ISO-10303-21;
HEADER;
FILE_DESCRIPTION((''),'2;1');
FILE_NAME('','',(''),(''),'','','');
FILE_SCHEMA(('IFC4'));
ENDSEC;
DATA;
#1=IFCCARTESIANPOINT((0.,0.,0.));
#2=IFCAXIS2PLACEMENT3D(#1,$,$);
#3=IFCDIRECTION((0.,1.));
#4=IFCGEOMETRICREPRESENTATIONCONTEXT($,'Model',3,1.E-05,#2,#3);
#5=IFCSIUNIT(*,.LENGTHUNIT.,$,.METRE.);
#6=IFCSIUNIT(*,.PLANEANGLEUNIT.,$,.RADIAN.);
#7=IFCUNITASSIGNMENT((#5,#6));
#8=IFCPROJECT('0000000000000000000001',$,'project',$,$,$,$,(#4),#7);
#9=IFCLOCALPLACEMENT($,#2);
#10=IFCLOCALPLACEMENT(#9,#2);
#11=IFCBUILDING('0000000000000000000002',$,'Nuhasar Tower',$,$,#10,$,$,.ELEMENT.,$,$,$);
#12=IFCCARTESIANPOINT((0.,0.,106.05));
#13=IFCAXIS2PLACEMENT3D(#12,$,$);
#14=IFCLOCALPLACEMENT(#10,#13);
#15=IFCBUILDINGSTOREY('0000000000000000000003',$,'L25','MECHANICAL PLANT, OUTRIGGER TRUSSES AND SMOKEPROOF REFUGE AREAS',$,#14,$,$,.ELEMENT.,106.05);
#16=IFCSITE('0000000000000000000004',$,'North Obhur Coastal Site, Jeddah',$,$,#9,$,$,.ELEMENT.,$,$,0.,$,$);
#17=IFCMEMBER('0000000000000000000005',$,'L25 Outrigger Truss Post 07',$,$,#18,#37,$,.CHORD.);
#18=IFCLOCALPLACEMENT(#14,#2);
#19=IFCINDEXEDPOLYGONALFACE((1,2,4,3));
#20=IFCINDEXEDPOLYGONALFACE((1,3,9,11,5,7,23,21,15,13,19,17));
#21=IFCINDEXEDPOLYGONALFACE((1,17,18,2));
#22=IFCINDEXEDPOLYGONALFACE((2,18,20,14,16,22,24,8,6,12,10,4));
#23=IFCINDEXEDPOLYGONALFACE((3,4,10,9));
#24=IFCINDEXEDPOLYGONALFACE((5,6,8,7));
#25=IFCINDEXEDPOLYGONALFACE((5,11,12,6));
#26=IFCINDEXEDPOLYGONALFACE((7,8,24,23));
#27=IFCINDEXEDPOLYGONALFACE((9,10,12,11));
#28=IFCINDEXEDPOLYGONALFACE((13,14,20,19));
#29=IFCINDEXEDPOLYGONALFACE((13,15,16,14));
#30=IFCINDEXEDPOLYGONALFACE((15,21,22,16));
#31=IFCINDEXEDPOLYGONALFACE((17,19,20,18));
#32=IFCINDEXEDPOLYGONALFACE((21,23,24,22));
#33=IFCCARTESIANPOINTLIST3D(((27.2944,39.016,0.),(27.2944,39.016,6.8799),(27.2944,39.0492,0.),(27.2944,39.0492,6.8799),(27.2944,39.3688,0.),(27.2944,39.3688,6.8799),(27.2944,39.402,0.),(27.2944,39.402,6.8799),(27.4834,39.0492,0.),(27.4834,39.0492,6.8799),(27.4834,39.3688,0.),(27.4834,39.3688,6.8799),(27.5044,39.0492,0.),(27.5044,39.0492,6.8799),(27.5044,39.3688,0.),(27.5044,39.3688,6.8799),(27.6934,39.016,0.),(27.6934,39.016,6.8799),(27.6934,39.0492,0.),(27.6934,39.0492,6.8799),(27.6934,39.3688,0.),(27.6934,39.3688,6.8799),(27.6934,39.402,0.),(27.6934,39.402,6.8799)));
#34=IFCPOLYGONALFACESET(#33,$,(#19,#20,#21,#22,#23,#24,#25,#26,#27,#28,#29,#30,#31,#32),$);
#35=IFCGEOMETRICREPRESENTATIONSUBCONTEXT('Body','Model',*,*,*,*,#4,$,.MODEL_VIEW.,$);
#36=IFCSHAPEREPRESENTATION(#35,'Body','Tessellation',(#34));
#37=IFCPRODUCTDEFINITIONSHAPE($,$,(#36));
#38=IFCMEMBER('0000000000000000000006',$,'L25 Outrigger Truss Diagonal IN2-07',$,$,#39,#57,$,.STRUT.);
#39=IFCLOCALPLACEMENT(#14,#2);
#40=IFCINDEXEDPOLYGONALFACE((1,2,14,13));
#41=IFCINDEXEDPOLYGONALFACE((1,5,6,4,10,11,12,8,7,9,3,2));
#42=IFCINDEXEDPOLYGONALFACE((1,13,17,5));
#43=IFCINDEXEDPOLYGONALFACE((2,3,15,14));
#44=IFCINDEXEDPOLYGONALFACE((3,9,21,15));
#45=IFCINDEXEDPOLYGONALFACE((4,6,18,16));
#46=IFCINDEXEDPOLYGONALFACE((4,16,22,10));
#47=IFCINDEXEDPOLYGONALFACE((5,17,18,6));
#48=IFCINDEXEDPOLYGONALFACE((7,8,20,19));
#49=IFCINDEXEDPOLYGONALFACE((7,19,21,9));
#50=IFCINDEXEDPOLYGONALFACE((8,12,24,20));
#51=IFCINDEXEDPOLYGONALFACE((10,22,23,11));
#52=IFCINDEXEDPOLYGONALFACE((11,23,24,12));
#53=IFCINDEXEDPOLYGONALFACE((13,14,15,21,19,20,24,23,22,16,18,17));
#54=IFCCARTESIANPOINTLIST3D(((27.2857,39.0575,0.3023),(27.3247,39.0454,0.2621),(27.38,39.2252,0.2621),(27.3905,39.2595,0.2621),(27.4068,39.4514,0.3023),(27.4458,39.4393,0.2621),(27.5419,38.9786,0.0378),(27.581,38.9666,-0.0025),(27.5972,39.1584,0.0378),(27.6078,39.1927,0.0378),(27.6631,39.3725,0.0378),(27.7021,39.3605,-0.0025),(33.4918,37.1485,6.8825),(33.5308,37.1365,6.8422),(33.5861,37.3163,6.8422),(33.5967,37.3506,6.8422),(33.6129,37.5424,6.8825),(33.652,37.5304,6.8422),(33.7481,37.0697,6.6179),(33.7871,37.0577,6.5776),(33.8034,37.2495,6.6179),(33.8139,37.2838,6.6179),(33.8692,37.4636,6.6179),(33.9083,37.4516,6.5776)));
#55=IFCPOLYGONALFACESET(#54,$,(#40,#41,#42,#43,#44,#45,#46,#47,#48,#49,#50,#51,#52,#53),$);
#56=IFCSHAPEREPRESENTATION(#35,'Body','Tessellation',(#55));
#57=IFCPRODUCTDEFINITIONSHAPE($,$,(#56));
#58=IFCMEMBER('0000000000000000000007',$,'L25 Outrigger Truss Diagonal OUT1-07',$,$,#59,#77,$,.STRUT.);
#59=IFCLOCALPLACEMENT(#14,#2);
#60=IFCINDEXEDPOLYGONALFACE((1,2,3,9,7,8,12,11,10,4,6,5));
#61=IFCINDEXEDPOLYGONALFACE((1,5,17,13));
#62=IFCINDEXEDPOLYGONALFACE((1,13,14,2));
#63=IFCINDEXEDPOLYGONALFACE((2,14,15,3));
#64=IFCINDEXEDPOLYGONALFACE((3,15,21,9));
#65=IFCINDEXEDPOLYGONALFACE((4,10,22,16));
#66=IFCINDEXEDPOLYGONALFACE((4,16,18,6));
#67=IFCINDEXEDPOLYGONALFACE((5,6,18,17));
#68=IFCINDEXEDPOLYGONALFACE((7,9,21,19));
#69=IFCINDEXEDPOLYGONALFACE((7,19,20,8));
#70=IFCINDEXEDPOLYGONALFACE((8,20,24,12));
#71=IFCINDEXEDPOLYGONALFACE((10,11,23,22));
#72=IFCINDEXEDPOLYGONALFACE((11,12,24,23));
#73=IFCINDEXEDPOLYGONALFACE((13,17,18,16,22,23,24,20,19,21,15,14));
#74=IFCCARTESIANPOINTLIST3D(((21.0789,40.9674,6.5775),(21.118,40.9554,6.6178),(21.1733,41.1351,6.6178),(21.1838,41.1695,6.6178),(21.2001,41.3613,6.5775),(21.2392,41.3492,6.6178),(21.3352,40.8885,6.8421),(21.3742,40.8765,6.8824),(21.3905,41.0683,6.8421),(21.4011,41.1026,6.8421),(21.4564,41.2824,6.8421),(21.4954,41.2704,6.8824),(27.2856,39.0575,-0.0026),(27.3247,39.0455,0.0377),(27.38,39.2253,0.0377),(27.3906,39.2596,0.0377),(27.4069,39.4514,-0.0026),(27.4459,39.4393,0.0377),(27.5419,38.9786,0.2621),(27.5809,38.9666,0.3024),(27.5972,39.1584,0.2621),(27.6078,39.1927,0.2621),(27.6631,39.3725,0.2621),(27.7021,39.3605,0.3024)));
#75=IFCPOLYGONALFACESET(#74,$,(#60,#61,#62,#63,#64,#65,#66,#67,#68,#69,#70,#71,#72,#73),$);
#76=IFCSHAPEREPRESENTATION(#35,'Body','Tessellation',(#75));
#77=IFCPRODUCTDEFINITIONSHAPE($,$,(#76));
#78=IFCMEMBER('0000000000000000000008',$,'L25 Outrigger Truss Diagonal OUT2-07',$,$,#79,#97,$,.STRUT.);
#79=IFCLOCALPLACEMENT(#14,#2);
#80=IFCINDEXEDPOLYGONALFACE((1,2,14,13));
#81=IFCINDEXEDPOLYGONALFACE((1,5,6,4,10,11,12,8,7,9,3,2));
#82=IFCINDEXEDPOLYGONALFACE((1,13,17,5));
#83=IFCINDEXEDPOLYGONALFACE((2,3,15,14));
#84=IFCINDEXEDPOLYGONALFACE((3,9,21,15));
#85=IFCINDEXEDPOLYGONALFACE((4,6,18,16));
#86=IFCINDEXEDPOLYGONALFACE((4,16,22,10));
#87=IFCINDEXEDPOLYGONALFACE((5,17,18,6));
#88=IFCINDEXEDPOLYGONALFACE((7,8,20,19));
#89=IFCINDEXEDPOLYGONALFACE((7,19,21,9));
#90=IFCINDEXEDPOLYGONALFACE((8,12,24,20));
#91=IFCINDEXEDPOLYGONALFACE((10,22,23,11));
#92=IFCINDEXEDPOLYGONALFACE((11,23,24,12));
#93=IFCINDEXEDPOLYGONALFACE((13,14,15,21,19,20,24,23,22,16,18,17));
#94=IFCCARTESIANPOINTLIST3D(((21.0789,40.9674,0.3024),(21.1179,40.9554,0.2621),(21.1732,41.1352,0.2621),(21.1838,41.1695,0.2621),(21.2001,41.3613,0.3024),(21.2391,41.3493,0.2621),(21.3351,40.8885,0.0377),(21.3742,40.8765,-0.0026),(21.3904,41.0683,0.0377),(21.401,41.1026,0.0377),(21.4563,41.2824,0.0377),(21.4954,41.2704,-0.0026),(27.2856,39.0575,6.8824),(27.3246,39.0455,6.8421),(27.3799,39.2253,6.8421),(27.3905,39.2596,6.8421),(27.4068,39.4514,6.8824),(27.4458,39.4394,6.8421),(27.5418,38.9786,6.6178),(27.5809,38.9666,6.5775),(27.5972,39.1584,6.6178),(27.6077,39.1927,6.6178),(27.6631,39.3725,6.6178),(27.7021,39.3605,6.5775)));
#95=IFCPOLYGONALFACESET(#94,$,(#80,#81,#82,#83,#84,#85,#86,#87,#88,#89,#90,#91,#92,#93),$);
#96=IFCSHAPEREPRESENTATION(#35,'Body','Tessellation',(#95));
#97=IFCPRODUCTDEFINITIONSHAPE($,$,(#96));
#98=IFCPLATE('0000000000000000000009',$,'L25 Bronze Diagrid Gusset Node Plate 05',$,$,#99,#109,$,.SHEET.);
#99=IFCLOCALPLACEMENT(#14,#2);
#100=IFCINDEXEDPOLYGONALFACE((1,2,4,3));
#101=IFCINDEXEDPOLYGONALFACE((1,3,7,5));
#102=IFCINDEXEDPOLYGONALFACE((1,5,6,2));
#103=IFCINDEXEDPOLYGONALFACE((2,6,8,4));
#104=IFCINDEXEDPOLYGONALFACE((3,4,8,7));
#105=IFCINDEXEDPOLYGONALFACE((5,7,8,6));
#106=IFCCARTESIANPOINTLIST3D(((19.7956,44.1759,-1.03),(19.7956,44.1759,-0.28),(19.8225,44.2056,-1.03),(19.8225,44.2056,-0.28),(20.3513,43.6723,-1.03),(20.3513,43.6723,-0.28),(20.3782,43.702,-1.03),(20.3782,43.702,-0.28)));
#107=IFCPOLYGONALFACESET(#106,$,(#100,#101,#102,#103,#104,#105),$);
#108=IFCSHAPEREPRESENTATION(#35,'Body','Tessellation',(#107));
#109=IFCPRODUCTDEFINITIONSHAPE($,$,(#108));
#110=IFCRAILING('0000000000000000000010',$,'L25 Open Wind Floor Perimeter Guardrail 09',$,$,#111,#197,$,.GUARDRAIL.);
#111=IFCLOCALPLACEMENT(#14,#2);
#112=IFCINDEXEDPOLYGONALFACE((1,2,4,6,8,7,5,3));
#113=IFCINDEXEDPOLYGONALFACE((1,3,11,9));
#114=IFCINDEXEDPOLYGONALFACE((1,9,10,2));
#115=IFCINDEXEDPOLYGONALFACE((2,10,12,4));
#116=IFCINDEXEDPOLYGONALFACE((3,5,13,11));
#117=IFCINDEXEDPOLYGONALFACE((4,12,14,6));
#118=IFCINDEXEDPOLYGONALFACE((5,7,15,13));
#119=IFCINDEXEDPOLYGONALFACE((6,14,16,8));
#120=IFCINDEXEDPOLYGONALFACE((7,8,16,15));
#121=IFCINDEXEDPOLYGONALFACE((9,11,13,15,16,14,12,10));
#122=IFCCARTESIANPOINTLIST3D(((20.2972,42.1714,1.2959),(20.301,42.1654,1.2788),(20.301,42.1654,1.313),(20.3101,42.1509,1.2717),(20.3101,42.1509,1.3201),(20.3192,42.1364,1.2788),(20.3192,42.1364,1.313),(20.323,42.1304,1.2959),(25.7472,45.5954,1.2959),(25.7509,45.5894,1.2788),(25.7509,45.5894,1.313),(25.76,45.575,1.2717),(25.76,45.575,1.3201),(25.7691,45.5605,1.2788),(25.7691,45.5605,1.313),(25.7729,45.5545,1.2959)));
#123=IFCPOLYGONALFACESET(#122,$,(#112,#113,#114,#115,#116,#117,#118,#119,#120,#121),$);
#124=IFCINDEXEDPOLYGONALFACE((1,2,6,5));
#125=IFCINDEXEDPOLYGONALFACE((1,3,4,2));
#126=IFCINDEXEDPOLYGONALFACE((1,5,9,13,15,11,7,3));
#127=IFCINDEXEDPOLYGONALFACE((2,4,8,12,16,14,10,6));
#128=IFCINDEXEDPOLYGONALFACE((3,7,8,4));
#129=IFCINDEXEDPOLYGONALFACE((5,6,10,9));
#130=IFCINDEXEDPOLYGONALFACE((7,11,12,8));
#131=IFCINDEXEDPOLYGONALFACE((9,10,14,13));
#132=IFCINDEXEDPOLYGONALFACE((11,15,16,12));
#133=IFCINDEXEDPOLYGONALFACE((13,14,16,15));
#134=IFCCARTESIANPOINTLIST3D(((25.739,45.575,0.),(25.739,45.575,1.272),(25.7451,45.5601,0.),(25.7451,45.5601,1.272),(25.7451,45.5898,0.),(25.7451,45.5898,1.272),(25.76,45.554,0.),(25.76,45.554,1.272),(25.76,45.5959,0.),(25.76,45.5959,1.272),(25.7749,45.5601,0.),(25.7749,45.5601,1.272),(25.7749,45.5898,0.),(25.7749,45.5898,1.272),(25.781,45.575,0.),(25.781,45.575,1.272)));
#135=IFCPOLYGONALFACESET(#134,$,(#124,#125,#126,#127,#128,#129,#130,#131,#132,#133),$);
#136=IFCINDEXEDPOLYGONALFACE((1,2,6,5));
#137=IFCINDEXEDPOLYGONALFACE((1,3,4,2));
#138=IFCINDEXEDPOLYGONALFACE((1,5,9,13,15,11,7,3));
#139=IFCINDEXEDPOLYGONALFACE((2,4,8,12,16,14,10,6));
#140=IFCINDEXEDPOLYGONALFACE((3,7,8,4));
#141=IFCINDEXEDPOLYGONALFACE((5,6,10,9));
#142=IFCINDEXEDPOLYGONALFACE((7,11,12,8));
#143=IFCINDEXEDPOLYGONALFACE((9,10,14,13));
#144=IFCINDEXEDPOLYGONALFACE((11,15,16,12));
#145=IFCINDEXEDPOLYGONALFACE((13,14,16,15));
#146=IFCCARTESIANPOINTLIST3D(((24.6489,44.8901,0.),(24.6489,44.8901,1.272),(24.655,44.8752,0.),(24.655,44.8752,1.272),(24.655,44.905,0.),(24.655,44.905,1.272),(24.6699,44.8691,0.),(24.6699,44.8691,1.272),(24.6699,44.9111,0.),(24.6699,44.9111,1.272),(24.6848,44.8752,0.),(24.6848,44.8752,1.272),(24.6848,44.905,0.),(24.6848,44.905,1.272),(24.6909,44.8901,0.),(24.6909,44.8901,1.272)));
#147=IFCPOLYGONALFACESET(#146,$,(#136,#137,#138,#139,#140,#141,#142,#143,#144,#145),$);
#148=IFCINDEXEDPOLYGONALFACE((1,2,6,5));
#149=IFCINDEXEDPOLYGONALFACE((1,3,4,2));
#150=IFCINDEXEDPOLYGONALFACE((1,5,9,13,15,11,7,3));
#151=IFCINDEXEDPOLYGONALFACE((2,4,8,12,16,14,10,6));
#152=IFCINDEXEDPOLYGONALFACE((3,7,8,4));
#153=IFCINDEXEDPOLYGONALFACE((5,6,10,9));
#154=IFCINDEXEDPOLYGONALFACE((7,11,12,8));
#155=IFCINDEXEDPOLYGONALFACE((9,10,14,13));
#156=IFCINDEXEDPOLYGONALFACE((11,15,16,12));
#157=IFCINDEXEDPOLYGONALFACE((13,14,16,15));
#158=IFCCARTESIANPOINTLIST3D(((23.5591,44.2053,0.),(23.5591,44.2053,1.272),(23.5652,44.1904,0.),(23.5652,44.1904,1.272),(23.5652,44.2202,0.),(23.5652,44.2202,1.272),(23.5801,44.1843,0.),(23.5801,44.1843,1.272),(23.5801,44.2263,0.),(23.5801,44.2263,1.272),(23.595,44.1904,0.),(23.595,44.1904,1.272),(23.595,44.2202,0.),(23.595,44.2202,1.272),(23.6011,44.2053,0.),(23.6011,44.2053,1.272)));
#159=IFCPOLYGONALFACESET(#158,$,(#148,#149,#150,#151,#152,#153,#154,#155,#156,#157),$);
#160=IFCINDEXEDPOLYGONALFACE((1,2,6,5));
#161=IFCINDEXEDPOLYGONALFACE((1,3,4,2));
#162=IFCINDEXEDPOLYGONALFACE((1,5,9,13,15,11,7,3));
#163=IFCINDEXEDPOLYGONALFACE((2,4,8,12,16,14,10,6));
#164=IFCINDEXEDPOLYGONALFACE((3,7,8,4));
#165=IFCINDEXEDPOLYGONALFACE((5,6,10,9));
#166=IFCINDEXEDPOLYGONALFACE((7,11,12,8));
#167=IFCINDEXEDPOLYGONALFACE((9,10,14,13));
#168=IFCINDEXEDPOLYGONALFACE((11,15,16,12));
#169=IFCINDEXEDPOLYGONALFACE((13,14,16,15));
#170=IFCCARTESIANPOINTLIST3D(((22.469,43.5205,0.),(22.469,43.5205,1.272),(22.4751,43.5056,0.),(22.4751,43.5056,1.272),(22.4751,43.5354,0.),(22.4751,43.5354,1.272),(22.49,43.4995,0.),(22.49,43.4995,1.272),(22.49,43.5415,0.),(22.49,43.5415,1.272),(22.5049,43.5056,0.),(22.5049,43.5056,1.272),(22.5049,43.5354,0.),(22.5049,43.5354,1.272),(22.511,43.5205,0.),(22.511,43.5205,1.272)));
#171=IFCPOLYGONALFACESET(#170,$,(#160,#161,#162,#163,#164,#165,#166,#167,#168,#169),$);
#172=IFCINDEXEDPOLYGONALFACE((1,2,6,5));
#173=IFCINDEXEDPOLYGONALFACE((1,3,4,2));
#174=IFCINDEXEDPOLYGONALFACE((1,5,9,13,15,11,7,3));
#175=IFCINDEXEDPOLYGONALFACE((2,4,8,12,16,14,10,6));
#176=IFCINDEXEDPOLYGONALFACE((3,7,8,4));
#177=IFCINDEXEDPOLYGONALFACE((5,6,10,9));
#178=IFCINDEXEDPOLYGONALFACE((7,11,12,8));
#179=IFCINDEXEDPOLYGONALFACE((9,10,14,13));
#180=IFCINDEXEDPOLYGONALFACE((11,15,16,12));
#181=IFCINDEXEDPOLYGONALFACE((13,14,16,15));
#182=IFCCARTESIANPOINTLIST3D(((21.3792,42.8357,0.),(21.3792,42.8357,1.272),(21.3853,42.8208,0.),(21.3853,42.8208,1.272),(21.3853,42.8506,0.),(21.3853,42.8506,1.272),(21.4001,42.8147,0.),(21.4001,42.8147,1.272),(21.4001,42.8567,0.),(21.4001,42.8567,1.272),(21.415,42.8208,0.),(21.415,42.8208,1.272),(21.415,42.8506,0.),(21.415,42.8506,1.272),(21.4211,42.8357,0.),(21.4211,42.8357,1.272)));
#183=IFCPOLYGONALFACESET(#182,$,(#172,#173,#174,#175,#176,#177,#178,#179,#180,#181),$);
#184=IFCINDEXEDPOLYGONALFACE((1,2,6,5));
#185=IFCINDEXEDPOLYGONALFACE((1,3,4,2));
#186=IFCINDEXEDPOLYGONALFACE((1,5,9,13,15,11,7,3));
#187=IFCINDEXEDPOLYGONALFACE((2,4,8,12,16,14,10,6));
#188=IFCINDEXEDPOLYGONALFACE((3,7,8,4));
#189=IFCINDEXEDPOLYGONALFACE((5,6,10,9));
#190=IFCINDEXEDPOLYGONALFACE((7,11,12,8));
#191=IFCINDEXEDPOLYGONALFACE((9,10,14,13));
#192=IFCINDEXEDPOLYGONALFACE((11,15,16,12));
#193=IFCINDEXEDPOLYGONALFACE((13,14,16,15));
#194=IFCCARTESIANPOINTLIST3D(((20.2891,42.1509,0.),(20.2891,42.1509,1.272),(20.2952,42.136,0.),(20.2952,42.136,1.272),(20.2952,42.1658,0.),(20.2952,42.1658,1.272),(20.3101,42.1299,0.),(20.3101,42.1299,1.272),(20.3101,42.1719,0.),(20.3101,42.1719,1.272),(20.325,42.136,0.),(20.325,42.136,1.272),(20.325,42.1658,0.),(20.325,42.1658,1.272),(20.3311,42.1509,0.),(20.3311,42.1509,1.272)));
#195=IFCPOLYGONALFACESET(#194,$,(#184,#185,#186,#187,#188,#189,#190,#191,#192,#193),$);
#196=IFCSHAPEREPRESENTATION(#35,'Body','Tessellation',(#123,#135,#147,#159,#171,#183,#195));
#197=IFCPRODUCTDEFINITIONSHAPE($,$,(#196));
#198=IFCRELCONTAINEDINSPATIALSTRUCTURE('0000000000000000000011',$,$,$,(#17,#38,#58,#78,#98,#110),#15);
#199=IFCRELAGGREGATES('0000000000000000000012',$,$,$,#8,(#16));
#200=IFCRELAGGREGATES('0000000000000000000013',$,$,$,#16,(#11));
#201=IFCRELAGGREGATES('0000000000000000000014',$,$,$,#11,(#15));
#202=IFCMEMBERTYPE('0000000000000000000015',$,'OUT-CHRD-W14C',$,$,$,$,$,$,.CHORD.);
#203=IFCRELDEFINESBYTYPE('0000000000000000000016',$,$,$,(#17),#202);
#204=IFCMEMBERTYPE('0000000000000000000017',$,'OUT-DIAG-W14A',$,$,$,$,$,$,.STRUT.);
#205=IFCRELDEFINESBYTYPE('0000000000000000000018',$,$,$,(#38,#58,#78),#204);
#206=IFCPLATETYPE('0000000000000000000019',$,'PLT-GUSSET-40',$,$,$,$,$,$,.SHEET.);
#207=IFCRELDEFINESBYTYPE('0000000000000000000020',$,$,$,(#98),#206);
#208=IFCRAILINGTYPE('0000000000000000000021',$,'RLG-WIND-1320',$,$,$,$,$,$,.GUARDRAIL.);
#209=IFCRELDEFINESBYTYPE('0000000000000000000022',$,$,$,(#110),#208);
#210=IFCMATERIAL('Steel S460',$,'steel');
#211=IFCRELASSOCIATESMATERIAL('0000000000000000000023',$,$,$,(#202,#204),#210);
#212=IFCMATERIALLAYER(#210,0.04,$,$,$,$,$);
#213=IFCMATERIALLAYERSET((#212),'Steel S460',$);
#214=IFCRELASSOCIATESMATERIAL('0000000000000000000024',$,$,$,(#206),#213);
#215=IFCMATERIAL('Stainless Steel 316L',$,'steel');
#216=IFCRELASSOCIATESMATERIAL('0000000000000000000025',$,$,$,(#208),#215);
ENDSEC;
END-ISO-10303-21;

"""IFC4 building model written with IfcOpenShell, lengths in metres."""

from ifc_helpers import new_model, si_unit, direction, frame, origin, origin_2d, place, context, subcontext, project, spatial, polyline, rectangle, i_section, outline, extrude, material, layer, layer_set, material_profile, profile_set, type_object, element, save


model = new_model("IFC4")

# Units and contexts
model_context = context("Model", 3, precision=1e-05, world=origin(), true_north=direction((0.0, 1.0)))
body_context = subcontext(model_context, "Body", "Model", "MODEL_VIEW")
ifc_project = project(units=[si_unit("LENGTHUNIT", "METRE"), si_unit("PLANEANGLEUNIT", "RADIAN")], contexts=[model_context])

# Site, building, storey
site_placement = place(None, origin())
site = spatial("IfcSite", under=ifc_project, at=site_placement, Name="North Obhur Coastal Site, Jeddah", CompositionType="ELEMENT", RefElevation=0.0)
building_placement = place(site_placement, origin())
building = spatial("IfcBuilding", under=site, at=building_placement, Name="Nuhasar Tower", CompositionType="ELEMENT")
storey_placement = place(building_placement, frame((0.0, 0.0, 106.05)))
storey = spatial("IfcBuildingStorey", under=building, at=storey_placement, Name="L25", Description="MECHANICAL PLANT, OUTRIGGER TRUSSES AND SMOKEPROOF REFUGE AREAS", CompositionType="ELEMENT", Elevation=106.05)

# Shared definitions
ifc_material_1 = material(Name="Steel S460", Category="steel")

# Members
ifc_material_profile_1 = material_profile(ifc_material_1, i_section(OverallWidth=0.3989, OverallDepth=0.386, WebThickness=0.021, FlangeThickness=0.0332, at=origin_2d()), Name="W14X176")
ifc_profile_set_1 = profile_set([ifc_material_profile_1], Name="Steel S460")
member_type_1 = type_object("IfcMemberType", Name="OUT-CHRD-W14C", PredefinedType="CHORD", material=ifc_profile_set_1)
member_1_placement = place(storey_placement, frame((27.4939, 39.209, 0.0), z_axis=(0.0, 0.0, 1.0), x_axis=(1.0, 0.0, 0.0)))
element("IfcMember", 1, at=member_1_placement, inside=storey, type_object=member_type_1, Name="L25 Outrigger Truss Post 07", PredefinedType="CHORD", context=body_context, shape_type="SweptSolid", body=[
    extrude(i_section(OverallWidth=0.3989, OverallDepth=0.386, WebThickness=0.021, FlangeThickness=0.0332, at=origin_2d()), origin(), (0.0, 0.0, 1.0), 6.8799),
])
ifc_material_profile_2 = material_profile(ifc_material_1, i_section(OverallWidth=0.4121, OverallDepth=0.4341, WebThickness=0.0359, FlangeThickness=0.0574, at=origin_2d()), Name="W14X311")
ifc_profile_set_2 = profile_set([ifc_material_profile_2], Name="Steel S460")
member_type_2 = type_object("IfcMemberType", Name="OUT-DIAG-W14A", PredefinedType="STRUT", material=ifc_profile_set_2)
member_2_placement = place(storey_placement, frame((27.4939, 39.209, 0.1499), z_axis=(0.671341, -0.206499, 0.711801), x_axis=(0.293999, 0.955806, 0.0)))
element("IfcMember", 2, at=member_2_placement, inside=storey, type_object=member_type_2, Name="L25 Outrigger Truss Diagonal IN2-07", PredefinedType="STRUT", context=body_context, shape_type="SweptSolid", body=[
    extrude(i_section(OverallWidth=0.4121, OverallDepth=0.4341, WebThickness=0.0359, FlangeThickness=0.0574, at=origin_2d()), origin(), (0.0, 0.0, 1.0), 9.2444),
])
for number, where, z_axis, x_axis, name in (
    (3, (27.4939, 39.209, 0.1499), (-0.671369, 0.206589, 0.711747), (-0.294104, -0.955773, 0.0), "L25 Outrigger Truss Diagonal OUT1-07"),
    (4, (21.2871, 41.1189, 0.1499), (0.671369, -0.206589, 0.711747), (0.294104, 0.955773, 0.0), "L25 Outrigger Truss Diagonal OUT2-07"),
):
    element("IfcMember", number, at=place(storey_placement, frame(where, z_axis=z_axis, x_axis=x_axis)), inside=storey, type_object=member_type_2, Name=name, PredefinedType="STRUT", context=body_context, shape_type="SweptSolid", body=[
        extrude(i_section(OverallWidth=0.4121, OverallDepth=0.4341, WebThickness=0.0359, FlangeThickness=0.0574, at=origin_2d()), origin(), (0.0, 0.0, 1.0), 9.2449),
    ])

# Plate
ifc_layer = layer(ifc_material_1, 0.04)
ifc_layer_set = layer_set([ifc_layer], Name="Steel S460")
plate_type = type_object("IfcPlateType", Name="PLT-GUSSET-40", PredefinedType="SHEET", material=ifc_layer_set)
plate_placement = place(storey_placement, frame((20.0869, 43.939, -1.03), z_axis=(0.0, 0.0, 1.0), x_axis=(-0.741004, 0.671501, 0.0)))
element("IfcPlate", 5, at=plate_placement, inside=storey, type_object=plate_type, Name="L25 Bronze Diagrid Gusset Node Plate 05", PredefinedType="SHEET", context=body_context, shape_type="SweptSolid", body=[
    extrude(rectangle(XDim=0.75, YDim=0.04, at=origin_2d()), origin(), (0.0, 0.0, 1.0), 0.75),
])

# Railing
ifc_material_2 = material(Name="Stainless Steel 316L", Category="steel")
railing_type = type_object("IfcRailingType", Name="RLG-WIND-1320", PredefinedType="GUARDRAIL", material=ifc_material_2)
railing_1_placement = place(storey_placement, frame((25.76, 45.575, 0.0)))
element("IfcRailing", 6, at=railing_1_placement, inside=storey, type_object=railing_type, Name="L25 Open Wind Floor Perimeter Guardrail 09", PredefinedType="GUARDRAIL", context=body_context, shape_type="SweptSolid", body=[
    extrude(outline(polyline([(0.0242, 0.0), (0.0171, 0.0171), (0.0, 0.0242), (-0.0171, 0.0171), (-0.0242, 0.0), (-0.0171, -0.0171), (0.0, -0.0242), (0.0171, -0.0171), (0.0242, 0.0)])), frame((0.0, 0.0, 1.2959), z_axis=(-0.846749, -0.531992, 0.0), x_axis=(0.531992, -0.846749, 0.0)), (0.0, 0.0, 1.0), 6.4363),
    extrude(outline(polyline([(0.021, 0.0), (0.0149, 0.0149), (0.0, 0.021), (-0.0149, 0.0149), (-0.021, 0.0), (-0.0149, -0.0149), (0.0, -0.021), (0.0149, -0.0149), (0.021, 0.0)])), origin(), (0.0, 0.0, 1.0), 1.272),
    extrude(outline(polyline([(0.021, 0.0), (0.0149, 0.0149), (0.0, 0.021), (-0.0149, 0.0149), (-0.021, 0.0), (-0.0149, -0.0149), (0.0, -0.021), (0.0149, -0.0149), (0.021, 0.0)])), frame((-1.0901, -0.6848, 0.0)), (0.0, 0.0, 1.0), 1.272),
    extrude(outline(polyline([(0.021, 0.0), (0.0149, 0.0149), (0.0, 0.021), (-0.0149, 0.0149), (-0.021, 0.0), (-0.0149, -0.0149), (0.0, -0.021), (0.0149, -0.0149), (0.021, 0.0)])), frame((-2.1799, -1.3696, 0.0)), (0.0, 0.0, 1.0), 1.272),
    extrude(outline(polyline([(0.021, 0.0), (0.0149, 0.0149), (0.0, 0.021), (-0.0149, 0.0149), (-0.021, 0.0), (-0.0149, -0.0149), (0.0, -0.021), (0.0149, -0.0149), (0.021, 0.0)])), frame((-3.27, -2.0544, 0.0)), (0.0, 0.0, 1.0), 1.272),
    extrude(outline(polyline([(0.021, 0.0), (0.0149, 0.0149), (0.0, 0.021), (-0.0149, 0.0149), (-0.021, 0.0), (-0.0149, -0.0149), (0.0, -0.021), (0.0149, -0.0149), (0.021, 0.0)])), frame((-4.3599, -2.7393, 0.0)), (0.0, 0.0, 1.0), 1.272),
    extrude(outline(polyline([(0.021, 0.0), (0.0149, 0.0149), (0.0, 0.021), (-0.0149, 0.0149), (-0.021, 0.0), (-0.0149, -0.0149), (0.0, -0.021), (0.0149, -0.0149), (0.021, 0.0)])), frame((-5.45, -3.4241, 0.0)), (0.0, 0.0, 1.0), 1.272),
])

save(model, "model.ifc")
